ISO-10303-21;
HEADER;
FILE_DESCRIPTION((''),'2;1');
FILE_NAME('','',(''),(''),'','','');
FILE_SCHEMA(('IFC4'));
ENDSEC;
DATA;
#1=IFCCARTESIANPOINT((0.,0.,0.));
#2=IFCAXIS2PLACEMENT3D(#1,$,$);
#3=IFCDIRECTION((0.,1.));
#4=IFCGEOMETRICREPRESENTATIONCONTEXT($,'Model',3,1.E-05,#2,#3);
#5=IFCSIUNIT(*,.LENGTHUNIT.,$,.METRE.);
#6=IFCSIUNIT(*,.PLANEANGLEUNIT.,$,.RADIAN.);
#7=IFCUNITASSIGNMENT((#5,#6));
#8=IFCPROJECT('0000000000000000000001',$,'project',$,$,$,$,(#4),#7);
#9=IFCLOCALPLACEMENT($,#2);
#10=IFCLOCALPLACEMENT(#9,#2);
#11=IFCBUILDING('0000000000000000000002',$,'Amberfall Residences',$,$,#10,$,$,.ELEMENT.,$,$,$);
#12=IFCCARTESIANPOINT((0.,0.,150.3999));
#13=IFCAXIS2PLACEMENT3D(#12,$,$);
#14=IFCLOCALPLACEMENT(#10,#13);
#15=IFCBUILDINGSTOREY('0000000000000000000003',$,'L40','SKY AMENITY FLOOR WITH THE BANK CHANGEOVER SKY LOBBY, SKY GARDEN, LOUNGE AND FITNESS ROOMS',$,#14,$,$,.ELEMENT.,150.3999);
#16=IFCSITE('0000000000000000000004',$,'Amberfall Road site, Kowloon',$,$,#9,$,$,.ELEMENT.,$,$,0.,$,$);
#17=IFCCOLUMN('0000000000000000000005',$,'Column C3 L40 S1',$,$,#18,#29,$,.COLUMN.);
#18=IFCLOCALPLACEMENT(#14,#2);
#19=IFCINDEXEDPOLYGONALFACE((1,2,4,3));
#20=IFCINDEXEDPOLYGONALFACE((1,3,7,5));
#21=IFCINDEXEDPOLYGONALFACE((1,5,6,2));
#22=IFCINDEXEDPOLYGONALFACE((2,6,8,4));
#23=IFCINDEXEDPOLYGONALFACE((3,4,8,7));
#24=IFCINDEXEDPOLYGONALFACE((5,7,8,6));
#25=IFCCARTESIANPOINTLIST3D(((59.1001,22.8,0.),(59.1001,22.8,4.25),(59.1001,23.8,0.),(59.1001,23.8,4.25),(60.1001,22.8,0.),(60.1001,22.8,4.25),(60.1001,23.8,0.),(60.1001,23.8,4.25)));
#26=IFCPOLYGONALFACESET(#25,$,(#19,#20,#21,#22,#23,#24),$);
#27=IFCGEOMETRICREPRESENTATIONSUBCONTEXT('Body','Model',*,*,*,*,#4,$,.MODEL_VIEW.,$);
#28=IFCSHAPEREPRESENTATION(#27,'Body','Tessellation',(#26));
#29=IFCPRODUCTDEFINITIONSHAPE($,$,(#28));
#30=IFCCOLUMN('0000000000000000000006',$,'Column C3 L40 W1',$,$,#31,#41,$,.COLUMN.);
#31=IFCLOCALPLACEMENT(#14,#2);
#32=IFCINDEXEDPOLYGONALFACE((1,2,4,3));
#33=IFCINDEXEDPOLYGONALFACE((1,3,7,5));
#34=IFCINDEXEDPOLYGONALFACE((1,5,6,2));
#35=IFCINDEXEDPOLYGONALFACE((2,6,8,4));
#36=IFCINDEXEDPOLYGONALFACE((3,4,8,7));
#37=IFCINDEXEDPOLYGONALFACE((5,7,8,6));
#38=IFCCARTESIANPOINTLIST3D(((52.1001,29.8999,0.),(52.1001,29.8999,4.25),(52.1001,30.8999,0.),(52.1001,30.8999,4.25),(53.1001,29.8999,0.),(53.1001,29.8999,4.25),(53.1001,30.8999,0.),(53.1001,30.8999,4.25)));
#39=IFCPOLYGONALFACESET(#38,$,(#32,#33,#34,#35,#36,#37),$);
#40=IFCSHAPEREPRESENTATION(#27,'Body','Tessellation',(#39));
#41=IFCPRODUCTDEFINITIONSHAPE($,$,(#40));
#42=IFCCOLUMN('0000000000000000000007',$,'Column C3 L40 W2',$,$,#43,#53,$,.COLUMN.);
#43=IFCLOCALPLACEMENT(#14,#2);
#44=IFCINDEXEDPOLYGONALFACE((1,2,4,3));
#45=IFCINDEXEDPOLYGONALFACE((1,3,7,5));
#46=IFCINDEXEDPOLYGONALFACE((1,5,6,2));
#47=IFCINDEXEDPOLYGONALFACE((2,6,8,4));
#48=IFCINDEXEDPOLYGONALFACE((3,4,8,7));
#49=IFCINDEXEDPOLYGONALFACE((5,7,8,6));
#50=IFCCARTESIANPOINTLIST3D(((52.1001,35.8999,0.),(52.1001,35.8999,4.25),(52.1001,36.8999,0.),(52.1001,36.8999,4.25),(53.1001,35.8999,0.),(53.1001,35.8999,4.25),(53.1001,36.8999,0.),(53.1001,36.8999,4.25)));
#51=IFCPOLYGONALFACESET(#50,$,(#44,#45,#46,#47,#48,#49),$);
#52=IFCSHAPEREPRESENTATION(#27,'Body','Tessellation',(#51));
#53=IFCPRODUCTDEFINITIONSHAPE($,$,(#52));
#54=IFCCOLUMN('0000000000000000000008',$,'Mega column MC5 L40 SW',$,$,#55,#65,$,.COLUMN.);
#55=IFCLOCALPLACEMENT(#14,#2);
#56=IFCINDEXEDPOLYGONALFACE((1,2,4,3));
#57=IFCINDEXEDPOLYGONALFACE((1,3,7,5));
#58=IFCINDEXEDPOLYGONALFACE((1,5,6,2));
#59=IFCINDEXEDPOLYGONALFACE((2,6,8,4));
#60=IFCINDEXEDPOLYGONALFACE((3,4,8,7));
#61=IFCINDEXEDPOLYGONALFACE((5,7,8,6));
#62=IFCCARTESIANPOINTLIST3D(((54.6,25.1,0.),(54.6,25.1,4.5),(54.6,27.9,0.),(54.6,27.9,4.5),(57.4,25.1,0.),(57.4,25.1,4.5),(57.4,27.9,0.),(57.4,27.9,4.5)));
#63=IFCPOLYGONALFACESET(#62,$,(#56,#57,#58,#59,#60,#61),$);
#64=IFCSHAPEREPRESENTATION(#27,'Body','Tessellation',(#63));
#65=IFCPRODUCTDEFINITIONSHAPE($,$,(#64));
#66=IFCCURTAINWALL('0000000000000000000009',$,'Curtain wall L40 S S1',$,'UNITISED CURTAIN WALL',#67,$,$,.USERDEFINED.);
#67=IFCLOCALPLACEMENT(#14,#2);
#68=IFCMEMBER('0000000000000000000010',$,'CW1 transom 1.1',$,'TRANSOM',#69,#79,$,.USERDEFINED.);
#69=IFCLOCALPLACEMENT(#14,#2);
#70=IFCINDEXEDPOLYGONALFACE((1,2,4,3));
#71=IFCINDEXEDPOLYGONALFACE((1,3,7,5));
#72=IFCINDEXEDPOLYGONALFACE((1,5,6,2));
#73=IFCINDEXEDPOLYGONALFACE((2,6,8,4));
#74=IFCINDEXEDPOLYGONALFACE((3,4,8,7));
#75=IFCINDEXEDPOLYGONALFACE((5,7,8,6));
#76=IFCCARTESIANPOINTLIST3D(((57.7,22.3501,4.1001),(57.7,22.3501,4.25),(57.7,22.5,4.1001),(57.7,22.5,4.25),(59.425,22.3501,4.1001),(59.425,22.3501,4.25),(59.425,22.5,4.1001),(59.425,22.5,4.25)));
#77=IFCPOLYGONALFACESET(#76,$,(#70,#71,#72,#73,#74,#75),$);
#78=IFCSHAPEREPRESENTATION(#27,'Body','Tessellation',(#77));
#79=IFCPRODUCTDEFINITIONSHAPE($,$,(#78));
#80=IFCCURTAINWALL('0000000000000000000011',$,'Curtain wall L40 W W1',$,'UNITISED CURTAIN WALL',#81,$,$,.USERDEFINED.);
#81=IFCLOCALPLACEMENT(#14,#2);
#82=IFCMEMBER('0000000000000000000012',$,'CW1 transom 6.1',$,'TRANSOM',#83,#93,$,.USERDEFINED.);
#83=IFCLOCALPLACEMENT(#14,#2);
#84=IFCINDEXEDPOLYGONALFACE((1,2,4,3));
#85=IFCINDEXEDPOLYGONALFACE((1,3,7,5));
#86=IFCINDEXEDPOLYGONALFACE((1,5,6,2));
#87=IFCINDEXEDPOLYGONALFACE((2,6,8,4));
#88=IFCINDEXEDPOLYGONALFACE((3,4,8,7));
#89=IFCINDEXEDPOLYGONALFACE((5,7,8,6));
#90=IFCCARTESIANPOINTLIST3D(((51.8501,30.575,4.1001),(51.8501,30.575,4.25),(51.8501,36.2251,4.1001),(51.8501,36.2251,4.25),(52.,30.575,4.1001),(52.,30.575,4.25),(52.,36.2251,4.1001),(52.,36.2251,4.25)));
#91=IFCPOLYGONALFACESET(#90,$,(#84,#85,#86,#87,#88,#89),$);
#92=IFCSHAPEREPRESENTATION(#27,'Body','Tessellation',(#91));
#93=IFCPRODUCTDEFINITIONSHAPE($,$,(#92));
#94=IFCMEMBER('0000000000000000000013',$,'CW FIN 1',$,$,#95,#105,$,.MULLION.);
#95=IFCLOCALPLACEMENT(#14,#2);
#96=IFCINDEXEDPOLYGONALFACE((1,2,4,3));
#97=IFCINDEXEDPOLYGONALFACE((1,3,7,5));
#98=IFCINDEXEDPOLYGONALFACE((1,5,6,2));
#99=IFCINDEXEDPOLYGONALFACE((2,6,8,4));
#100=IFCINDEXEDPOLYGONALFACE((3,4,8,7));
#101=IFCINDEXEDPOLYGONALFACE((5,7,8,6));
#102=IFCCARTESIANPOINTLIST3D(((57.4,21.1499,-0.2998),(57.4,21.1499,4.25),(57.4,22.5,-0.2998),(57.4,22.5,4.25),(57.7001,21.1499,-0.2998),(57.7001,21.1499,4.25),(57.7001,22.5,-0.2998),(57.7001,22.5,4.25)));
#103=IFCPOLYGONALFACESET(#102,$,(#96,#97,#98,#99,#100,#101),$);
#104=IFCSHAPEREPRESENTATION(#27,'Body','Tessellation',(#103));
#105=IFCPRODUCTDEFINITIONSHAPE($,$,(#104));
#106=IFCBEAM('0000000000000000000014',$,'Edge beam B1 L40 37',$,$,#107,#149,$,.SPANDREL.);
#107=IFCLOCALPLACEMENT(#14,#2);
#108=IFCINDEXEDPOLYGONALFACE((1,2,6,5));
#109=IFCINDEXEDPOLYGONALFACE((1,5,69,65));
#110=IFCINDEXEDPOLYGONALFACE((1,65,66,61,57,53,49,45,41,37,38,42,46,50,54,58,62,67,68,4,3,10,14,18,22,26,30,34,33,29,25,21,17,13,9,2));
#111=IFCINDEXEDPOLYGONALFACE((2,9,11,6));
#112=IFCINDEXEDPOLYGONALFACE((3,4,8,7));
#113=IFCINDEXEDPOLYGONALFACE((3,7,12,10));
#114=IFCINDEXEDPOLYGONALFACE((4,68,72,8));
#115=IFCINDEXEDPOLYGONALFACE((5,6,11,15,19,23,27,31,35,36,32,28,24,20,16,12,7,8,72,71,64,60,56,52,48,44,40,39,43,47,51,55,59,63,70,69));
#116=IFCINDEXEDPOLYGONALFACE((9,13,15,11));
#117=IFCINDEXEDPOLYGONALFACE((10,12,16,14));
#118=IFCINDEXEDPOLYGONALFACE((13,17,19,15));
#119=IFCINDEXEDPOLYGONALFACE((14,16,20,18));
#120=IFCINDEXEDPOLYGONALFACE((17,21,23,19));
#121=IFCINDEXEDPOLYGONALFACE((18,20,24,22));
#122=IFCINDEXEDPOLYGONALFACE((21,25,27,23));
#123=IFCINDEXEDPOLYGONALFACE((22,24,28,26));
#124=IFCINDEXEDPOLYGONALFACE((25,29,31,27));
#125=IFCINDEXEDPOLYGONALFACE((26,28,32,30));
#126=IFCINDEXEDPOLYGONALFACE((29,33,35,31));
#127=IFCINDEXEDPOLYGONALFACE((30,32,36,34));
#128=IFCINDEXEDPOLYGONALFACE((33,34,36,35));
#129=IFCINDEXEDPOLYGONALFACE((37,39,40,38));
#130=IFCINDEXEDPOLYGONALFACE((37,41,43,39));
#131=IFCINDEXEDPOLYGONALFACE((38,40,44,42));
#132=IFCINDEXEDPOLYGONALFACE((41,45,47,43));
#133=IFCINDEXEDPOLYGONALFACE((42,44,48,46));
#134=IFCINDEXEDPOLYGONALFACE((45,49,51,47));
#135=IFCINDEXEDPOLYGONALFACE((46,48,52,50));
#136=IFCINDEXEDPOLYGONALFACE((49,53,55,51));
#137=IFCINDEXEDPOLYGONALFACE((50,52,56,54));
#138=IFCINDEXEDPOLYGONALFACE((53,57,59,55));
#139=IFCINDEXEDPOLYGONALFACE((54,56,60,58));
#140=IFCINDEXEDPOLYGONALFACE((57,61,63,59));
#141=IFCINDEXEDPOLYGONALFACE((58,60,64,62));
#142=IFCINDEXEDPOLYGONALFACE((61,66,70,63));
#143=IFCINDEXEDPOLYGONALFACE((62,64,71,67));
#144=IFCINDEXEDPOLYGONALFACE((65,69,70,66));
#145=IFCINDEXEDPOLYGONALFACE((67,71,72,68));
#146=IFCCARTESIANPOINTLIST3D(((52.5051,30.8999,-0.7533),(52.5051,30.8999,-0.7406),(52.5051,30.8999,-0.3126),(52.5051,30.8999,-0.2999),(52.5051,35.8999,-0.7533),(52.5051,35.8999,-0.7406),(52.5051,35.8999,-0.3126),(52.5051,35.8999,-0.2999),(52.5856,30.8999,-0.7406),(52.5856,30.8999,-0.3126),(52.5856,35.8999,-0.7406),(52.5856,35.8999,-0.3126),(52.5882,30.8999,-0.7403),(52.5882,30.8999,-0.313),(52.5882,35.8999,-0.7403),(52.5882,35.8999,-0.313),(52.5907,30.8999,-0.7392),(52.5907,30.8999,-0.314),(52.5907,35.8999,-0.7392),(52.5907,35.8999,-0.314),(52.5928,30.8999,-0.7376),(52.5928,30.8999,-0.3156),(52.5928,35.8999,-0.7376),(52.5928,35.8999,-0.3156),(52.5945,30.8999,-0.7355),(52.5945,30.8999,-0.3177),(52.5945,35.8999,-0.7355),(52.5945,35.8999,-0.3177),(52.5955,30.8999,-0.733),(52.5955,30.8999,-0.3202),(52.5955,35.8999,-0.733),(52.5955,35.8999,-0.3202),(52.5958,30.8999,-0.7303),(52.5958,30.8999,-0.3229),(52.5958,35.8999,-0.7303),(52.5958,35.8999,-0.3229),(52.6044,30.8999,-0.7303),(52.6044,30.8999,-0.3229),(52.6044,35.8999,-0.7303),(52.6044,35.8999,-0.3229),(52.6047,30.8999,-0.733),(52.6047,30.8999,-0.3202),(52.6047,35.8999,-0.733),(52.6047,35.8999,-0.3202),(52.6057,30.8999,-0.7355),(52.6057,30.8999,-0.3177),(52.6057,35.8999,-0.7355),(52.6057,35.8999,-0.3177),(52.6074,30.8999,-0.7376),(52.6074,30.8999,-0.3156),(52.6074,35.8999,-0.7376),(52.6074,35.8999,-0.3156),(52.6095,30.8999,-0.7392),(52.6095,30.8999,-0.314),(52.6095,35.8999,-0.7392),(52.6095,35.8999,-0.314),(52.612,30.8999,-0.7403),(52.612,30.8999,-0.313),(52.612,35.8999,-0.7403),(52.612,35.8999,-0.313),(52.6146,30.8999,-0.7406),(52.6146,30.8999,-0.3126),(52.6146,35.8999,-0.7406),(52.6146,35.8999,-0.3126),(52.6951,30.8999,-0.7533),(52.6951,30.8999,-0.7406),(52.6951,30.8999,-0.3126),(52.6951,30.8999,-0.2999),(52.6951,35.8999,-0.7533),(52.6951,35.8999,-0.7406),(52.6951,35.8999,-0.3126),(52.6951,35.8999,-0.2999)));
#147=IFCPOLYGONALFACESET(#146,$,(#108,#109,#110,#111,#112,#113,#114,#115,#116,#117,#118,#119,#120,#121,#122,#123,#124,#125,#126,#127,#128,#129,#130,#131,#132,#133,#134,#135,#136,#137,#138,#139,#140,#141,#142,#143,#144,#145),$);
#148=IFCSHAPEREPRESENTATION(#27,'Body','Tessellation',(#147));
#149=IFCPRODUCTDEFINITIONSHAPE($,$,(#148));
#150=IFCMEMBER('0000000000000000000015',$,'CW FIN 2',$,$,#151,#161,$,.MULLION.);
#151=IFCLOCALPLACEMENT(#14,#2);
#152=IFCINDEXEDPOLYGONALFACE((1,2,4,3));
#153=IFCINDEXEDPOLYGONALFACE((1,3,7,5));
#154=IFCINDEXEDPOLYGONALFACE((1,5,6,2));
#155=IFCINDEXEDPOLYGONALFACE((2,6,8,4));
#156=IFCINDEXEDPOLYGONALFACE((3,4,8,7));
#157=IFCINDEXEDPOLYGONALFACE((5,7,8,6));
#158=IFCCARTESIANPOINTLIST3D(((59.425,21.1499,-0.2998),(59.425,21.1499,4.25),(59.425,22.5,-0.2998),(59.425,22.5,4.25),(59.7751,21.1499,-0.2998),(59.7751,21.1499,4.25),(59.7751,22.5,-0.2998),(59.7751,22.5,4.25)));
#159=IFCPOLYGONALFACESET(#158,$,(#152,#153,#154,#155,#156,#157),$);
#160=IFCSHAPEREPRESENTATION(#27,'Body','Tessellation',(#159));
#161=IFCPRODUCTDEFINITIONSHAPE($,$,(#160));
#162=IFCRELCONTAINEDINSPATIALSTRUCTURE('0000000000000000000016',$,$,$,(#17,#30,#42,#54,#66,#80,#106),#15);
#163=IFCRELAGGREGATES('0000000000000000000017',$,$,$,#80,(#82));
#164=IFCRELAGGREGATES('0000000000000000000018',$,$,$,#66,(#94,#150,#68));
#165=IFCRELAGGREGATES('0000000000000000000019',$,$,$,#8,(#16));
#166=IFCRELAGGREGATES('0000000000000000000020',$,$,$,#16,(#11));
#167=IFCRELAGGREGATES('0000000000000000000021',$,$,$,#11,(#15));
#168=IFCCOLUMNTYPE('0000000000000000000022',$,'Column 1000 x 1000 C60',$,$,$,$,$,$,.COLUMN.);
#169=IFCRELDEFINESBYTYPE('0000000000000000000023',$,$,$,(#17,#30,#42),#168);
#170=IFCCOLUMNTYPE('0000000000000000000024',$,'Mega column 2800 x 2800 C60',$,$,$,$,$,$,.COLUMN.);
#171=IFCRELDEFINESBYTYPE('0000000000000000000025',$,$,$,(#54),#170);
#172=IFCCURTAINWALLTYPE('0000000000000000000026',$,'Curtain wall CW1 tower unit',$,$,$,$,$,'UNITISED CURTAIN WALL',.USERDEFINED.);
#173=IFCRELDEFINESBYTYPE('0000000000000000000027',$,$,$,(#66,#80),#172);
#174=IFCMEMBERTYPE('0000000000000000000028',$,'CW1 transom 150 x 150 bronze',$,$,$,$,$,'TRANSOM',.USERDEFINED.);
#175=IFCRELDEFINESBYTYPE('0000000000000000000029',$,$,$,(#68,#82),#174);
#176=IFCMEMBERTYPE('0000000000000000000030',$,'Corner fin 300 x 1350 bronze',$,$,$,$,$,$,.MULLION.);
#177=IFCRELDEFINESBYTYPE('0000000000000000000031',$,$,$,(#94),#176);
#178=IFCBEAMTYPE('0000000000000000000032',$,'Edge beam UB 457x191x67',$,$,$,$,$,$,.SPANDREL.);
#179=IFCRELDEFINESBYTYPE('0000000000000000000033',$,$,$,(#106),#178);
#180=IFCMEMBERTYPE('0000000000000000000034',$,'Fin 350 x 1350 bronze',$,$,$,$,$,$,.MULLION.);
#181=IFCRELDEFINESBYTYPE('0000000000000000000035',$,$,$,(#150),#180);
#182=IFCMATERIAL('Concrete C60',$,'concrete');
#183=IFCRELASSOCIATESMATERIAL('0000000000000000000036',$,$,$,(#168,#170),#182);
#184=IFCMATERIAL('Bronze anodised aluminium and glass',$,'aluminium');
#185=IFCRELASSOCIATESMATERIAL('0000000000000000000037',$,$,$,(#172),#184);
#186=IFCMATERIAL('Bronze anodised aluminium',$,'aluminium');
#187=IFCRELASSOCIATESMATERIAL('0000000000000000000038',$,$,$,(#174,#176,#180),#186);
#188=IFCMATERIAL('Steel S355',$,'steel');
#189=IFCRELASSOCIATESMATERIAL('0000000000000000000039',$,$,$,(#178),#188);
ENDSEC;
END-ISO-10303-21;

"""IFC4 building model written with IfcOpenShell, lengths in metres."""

from ifc_helpers import new_model, si_unit, direction, frame, origin, origin_2d, place, context, subcontext, project, spatial, rectangle, i_section, extrude, material, material_profile, profile_set, type_object, element, aggregate, save


model = new_model("IFC4")

# Units and contexts
model_context = context("Model", 3, precision=1e-05, world=origin(), true_north=direction((0.0, 1.0)))
body_context = subcontext(model_context, "Body", "Model", "MODEL_VIEW")
ifc_project = project(units=[si_unit("LENGTHUNIT", "METRE"), si_unit("PLANEANGLEUNIT", "RADIAN")], contexts=[model_context])

# Site, building, storey
site_placement = place(None, origin())
site = spatial("IfcSite", under=ifc_project, at=site_placement, Name="Amberfall Road site, Kowloon", CompositionType="ELEMENT", RefElevation=0.0)
building_placement = place(site_placement, origin())
building = spatial("IfcBuilding", under=site, at=building_placement, Name="Amberfall Residences", CompositionType="ELEMENT")
storey_placement = place(building_placement, frame((0.0, 0.0, 150.3999)))
storey = spatial("IfcBuildingStorey", under=building, at=storey_placement, Name="L40", Description="SKY AMENITY FLOOR WITH THE BANK CHANGEOVER SKY LOBBY, SKY GARDEN, LOUNGE AND FITNESS ROOMS", CompositionType="ELEMENT", Elevation=150.3999)

# Columns
ifc_material_1 = material(Name="Concrete C60", Category="concrete")
ifc_material_profile_1 = material_profile(ifc_material_1, rectangle(XDim=1.0, YDim=1.0, at=origin_2d()), Name="Column 1000 x 1000 C60")
ifc_profile_set_1 = profile_set([ifc_material_profile_1], Name="Concrete C60")
column_type_1 = type_object("IfcColumnType", Name="Column 1000 x 1000 C60", PredefinedType="COLUMN", material=ifc_profile_set_1)
for number, where, z_axis, x_axis, name in (
    (1, (59.6001, 23.3, 0.0), (0.0, 0.0, 1.0), (1.0, 0.0, 0.0), "Column C3 L40 S1"),
    (2, (52.6001, 30.3999, 0.0), (0.0, 0.0, 1.0), (1.0, 0.0, 0.0), "Column C3 L40 W1"),
    (3, (52.6001, 36.3999, 0.0), (0.0, 0.0, 1.0), (1.0, 0.0, 0.0), "Column C3 L40 W2"),
):
    element("IfcColumn", number, at=place(storey_placement, frame(where, z_axis=z_axis, x_axis=x_axis)), inside=storey, type_object=column_type_1, Name=name, PredefinedType="COLUMN", context=body_context, shape_type="SweptSolid", body=[
        extrude(rectangle(XDim=1.0, YDim=1.0, at=origin_2d()), origin(), (0.0, 0.0, 1.0), 4.25),
    ])
ifc_material_profile_2 = material_profile(ifc_material_1, rectangle(XDim=2.8, YDim=2.8, at=origin_2d()), Name="Mega column 2800 x 2800 C60")
ifc_profile_set_2 = profile_set([ifc_material_profile_2], Name="Concrete C60")
column_type_2 = type_object("IfcColumnType", Name="Mega column 2800 x 2800 C60", PredefinedType="COLUMN", material=ifc_profile_set_2)
column_placement = place(storey_placement, frame((56.0, 26.5, 0.0), z_axis=(0.0, 0.0, 1.0), x_axis=(1.0, 0.0, 0.0)))
element("IfcColumn", 4, at=column_placement, inside=storey, type_object=column_type_2, Name="Mega column MC5 L40 SW", PredefinedType="COLUMN", context=body_context, shape_type="SweptSolid", body=[
    extrude(rectangle(XDim=2.8, YDim=2.8, at=origin_2d()), origin(), (0.0, 0.0, 1.0), 4.5),
])

# Curtain walls, members
ifc_material_2 = material(Name="Bronze anodised aluminium and glass", Category="aluminium")
curtain_wall_type = type_object("IfcCurtainWallType", Name="Curtain wall CW1 tower unit", ElementType="UNITISED CURTAIN WALL", PredefinedType="USERDEFINED", material=ifc_material_2)
curtain_wall_1_placement = place(storey_placement, origin())
curtain_wall_1 = element("IfcCurtainWall", 5, at=curtain_wall_1_placement, inside=storey, type_object=curtain_wall_type, Name="Curtain wall L40 S S1", ObjectType="UNITISED CURTAIN WALL", PredefinedType="USERDEFINED")
ifc_material_3 = material(Name="Bronze anodised aluminium", Category="aluminium")
ifc_material_profile_3 = material_profile(ifc_material_3, rectangle(XDim=0.1499, YDim=0.1499, at=origin_2d()), Name="CW1 transom 150 x 150 bronze")
ifc_profile_set_3 = profile_set([ifc_material_profile_3], Name="Bronze anodised aluminium")
member_type_1 = type_object("IfcMemberType", Name="CW1 transom 150 x 150 bronze", ElementType="TRANSOM", PredefinedType="USERDEFINED", material=ifc_profile_set_3)
member_1_placement = place(storey_placement, frame((57.7, 22.425, 4.175), z_axis=(1.0, 0.0, 0.0), x_axis=(0.0, 1.0, 0.0)))
member_1 = element("IfcMember", 6, at=member_1_placement, type_object=member_type_1, Name="CW1 transom 1.1", ObjectType="TRANSOM", PredefinedType="USERDEFINED", context=body_context, shape_type="SweptSolid", body=[
    extrude(rectangle(XDim=0.1499, YDim=0.1499, at=origin_2d()), origin(), (0.0, 0.0, 1.0), 1.7251),
])
curtain_wall_2_placement = place(storey_placement, origin())
curtain_wall_2 = element("IfcCurtainWall", 7, at=curtain_wall_2_placement, inside=storey, type_object=curtain_wall_type, Name="Curtain wall L40 W W1", ObjectType="UNITISED CURTAIN WALL", PredefinedType="USERDEFINED")
member_2_placement = place(storey_placement, frame((51.925, 36.2251, 4.175), z_axis=(0.0, -1.0, 0.0), x_axis=(1.0, 0.0, 0.0)))
member_2 = element("IfcMember", 8, at=member_2_placement, type_object=member_type_1, Name="CW1 transom 6.1", ObjectType="TRANSOM", PredefinedType="USERDEFINED", context=body_context, shape_type="SweptSolid", body=[
    extrude(rectangle(XDim=0.1499, YDim=0.1499, at=origin_2d()), origin(), (0.0, 0.0, 1.0), 5.6501),
])
aggregate(curtain_wall_2, [member_2])

# Member
ifc_material_profile_4 = material_profile(ifc_material_3, rectangle(XDim=1.3501, YDim=0.3, at=origin_2d()), Name="Corner fin 300 x 1350 bronze")
ifc_profile_set_4 = profile_set([ifc_material_profile_4], Name="Bronze anodised aluminium")
member_type_2 = type_object("IfcMemberType", Name="Corner fin 300 x 1350 bronze", PredefinedType="MULLION", material=ifc_profile_set_4)
member_3_placement = place(storey_placement, frame((57.55, 21.825, -0.2998), z_axis=(0.0, 0.0, 1.0), x_axis=(0.0, 1.0, 0.0)))
member_3 = element("IfcMember", 9, at=member_3_placement, type_object=member_type_2, Name="CW FIN 1", PredefinedType="MULLION", context=body_context, shape_type="SweptSolid", body=[
    extrude(rectangle(XDim=1.3501, YDim=0.3, at=origin_2d()), origin(), (0.0, 0.0, 1.0), 4.5498),
])

# Beam
ifc_material_4 = material(Name="Steel S355", Category="steel")
ifc_material_profile_5 = material_profile(ifc_material_4, i_section(OverallWidth=0.1899, OverallDepth=0.4534, WebThickness=0.0085, FlangeThickness=0.0127, FilletRadius=0.0103, at=origin_2d()), Name="UB 457x191x67")
ifc_profile_set_5 = profile_set([ifc_material_profile_5], Name="Steel S355")
beam_type_1 = type_object("IfcBeamType", Name="Edge beam UB 457x191x67", PredefinedType="SPANDREL", material=ifc_profile_set_5)
beam_1_placement = place(storey_placement, frame((52.6001, 30.8999, -0.5266), z_axis=(0.0, 1.0, 0.0), x_axis=(-1.0, 0.0, 0.0)))
element("IfcBeam", 10, at=beam_1_placement, inside=storey, type_object=beam_type_1, Name="Edge beam B1 L40 37", PredefinedType="SPANDREL", context=body_context, shape_type="SweptSolid", body=[
    extrude(i_section(OverallWidth=0.1899, OverallDepth=0.4534, WebThickness=0.0085, FlangeThickness=0.0127, FilletRadius=0.0103, at=origin_2d()), origin(), (0.0, 0.0, 1.0), 5.0),
])

# Member
ifc_material_profile_6 = material_profile(ifc_material_3, rectangle(XDim=1.3501, YDim=0.3501, at=origin_2d()), Name="Fin 350 x 1350 bronze")
ifc_profile_set_6 = profile_set([ifc_material_profile_6], Name="Bronze anodised aluminium")
member_type_3 = type_object("IfcMemberType", Name="Fin 350 x 1350 bronze", PredefinedType="MULLION", material=ifc_profile_set_6)
member_4_placement = place(storey_placement, frame((59.6001, 21.825, -0.2998), z_axis=(0.0, 0.0, 1.0), x_axis=(0.0, 1.0, 0.0)))
member_4 = element("IfcMember", 11, at=member_4_placement, type_object=member_type_3, Name="CW FIN 2", PredefinedType="MULLION", context=body_context, shape_type="SweptSolid", body=[
    extrude(rectangle(XDim=1.3501, YDim=0.3501, at=origin_2d()), origin(), (0.0, 0.0, 1.0), 4.5498),
])

aggregate(curtain_wall_1, [member_3, member_4, member_1])

save(model, "model.ifc")
